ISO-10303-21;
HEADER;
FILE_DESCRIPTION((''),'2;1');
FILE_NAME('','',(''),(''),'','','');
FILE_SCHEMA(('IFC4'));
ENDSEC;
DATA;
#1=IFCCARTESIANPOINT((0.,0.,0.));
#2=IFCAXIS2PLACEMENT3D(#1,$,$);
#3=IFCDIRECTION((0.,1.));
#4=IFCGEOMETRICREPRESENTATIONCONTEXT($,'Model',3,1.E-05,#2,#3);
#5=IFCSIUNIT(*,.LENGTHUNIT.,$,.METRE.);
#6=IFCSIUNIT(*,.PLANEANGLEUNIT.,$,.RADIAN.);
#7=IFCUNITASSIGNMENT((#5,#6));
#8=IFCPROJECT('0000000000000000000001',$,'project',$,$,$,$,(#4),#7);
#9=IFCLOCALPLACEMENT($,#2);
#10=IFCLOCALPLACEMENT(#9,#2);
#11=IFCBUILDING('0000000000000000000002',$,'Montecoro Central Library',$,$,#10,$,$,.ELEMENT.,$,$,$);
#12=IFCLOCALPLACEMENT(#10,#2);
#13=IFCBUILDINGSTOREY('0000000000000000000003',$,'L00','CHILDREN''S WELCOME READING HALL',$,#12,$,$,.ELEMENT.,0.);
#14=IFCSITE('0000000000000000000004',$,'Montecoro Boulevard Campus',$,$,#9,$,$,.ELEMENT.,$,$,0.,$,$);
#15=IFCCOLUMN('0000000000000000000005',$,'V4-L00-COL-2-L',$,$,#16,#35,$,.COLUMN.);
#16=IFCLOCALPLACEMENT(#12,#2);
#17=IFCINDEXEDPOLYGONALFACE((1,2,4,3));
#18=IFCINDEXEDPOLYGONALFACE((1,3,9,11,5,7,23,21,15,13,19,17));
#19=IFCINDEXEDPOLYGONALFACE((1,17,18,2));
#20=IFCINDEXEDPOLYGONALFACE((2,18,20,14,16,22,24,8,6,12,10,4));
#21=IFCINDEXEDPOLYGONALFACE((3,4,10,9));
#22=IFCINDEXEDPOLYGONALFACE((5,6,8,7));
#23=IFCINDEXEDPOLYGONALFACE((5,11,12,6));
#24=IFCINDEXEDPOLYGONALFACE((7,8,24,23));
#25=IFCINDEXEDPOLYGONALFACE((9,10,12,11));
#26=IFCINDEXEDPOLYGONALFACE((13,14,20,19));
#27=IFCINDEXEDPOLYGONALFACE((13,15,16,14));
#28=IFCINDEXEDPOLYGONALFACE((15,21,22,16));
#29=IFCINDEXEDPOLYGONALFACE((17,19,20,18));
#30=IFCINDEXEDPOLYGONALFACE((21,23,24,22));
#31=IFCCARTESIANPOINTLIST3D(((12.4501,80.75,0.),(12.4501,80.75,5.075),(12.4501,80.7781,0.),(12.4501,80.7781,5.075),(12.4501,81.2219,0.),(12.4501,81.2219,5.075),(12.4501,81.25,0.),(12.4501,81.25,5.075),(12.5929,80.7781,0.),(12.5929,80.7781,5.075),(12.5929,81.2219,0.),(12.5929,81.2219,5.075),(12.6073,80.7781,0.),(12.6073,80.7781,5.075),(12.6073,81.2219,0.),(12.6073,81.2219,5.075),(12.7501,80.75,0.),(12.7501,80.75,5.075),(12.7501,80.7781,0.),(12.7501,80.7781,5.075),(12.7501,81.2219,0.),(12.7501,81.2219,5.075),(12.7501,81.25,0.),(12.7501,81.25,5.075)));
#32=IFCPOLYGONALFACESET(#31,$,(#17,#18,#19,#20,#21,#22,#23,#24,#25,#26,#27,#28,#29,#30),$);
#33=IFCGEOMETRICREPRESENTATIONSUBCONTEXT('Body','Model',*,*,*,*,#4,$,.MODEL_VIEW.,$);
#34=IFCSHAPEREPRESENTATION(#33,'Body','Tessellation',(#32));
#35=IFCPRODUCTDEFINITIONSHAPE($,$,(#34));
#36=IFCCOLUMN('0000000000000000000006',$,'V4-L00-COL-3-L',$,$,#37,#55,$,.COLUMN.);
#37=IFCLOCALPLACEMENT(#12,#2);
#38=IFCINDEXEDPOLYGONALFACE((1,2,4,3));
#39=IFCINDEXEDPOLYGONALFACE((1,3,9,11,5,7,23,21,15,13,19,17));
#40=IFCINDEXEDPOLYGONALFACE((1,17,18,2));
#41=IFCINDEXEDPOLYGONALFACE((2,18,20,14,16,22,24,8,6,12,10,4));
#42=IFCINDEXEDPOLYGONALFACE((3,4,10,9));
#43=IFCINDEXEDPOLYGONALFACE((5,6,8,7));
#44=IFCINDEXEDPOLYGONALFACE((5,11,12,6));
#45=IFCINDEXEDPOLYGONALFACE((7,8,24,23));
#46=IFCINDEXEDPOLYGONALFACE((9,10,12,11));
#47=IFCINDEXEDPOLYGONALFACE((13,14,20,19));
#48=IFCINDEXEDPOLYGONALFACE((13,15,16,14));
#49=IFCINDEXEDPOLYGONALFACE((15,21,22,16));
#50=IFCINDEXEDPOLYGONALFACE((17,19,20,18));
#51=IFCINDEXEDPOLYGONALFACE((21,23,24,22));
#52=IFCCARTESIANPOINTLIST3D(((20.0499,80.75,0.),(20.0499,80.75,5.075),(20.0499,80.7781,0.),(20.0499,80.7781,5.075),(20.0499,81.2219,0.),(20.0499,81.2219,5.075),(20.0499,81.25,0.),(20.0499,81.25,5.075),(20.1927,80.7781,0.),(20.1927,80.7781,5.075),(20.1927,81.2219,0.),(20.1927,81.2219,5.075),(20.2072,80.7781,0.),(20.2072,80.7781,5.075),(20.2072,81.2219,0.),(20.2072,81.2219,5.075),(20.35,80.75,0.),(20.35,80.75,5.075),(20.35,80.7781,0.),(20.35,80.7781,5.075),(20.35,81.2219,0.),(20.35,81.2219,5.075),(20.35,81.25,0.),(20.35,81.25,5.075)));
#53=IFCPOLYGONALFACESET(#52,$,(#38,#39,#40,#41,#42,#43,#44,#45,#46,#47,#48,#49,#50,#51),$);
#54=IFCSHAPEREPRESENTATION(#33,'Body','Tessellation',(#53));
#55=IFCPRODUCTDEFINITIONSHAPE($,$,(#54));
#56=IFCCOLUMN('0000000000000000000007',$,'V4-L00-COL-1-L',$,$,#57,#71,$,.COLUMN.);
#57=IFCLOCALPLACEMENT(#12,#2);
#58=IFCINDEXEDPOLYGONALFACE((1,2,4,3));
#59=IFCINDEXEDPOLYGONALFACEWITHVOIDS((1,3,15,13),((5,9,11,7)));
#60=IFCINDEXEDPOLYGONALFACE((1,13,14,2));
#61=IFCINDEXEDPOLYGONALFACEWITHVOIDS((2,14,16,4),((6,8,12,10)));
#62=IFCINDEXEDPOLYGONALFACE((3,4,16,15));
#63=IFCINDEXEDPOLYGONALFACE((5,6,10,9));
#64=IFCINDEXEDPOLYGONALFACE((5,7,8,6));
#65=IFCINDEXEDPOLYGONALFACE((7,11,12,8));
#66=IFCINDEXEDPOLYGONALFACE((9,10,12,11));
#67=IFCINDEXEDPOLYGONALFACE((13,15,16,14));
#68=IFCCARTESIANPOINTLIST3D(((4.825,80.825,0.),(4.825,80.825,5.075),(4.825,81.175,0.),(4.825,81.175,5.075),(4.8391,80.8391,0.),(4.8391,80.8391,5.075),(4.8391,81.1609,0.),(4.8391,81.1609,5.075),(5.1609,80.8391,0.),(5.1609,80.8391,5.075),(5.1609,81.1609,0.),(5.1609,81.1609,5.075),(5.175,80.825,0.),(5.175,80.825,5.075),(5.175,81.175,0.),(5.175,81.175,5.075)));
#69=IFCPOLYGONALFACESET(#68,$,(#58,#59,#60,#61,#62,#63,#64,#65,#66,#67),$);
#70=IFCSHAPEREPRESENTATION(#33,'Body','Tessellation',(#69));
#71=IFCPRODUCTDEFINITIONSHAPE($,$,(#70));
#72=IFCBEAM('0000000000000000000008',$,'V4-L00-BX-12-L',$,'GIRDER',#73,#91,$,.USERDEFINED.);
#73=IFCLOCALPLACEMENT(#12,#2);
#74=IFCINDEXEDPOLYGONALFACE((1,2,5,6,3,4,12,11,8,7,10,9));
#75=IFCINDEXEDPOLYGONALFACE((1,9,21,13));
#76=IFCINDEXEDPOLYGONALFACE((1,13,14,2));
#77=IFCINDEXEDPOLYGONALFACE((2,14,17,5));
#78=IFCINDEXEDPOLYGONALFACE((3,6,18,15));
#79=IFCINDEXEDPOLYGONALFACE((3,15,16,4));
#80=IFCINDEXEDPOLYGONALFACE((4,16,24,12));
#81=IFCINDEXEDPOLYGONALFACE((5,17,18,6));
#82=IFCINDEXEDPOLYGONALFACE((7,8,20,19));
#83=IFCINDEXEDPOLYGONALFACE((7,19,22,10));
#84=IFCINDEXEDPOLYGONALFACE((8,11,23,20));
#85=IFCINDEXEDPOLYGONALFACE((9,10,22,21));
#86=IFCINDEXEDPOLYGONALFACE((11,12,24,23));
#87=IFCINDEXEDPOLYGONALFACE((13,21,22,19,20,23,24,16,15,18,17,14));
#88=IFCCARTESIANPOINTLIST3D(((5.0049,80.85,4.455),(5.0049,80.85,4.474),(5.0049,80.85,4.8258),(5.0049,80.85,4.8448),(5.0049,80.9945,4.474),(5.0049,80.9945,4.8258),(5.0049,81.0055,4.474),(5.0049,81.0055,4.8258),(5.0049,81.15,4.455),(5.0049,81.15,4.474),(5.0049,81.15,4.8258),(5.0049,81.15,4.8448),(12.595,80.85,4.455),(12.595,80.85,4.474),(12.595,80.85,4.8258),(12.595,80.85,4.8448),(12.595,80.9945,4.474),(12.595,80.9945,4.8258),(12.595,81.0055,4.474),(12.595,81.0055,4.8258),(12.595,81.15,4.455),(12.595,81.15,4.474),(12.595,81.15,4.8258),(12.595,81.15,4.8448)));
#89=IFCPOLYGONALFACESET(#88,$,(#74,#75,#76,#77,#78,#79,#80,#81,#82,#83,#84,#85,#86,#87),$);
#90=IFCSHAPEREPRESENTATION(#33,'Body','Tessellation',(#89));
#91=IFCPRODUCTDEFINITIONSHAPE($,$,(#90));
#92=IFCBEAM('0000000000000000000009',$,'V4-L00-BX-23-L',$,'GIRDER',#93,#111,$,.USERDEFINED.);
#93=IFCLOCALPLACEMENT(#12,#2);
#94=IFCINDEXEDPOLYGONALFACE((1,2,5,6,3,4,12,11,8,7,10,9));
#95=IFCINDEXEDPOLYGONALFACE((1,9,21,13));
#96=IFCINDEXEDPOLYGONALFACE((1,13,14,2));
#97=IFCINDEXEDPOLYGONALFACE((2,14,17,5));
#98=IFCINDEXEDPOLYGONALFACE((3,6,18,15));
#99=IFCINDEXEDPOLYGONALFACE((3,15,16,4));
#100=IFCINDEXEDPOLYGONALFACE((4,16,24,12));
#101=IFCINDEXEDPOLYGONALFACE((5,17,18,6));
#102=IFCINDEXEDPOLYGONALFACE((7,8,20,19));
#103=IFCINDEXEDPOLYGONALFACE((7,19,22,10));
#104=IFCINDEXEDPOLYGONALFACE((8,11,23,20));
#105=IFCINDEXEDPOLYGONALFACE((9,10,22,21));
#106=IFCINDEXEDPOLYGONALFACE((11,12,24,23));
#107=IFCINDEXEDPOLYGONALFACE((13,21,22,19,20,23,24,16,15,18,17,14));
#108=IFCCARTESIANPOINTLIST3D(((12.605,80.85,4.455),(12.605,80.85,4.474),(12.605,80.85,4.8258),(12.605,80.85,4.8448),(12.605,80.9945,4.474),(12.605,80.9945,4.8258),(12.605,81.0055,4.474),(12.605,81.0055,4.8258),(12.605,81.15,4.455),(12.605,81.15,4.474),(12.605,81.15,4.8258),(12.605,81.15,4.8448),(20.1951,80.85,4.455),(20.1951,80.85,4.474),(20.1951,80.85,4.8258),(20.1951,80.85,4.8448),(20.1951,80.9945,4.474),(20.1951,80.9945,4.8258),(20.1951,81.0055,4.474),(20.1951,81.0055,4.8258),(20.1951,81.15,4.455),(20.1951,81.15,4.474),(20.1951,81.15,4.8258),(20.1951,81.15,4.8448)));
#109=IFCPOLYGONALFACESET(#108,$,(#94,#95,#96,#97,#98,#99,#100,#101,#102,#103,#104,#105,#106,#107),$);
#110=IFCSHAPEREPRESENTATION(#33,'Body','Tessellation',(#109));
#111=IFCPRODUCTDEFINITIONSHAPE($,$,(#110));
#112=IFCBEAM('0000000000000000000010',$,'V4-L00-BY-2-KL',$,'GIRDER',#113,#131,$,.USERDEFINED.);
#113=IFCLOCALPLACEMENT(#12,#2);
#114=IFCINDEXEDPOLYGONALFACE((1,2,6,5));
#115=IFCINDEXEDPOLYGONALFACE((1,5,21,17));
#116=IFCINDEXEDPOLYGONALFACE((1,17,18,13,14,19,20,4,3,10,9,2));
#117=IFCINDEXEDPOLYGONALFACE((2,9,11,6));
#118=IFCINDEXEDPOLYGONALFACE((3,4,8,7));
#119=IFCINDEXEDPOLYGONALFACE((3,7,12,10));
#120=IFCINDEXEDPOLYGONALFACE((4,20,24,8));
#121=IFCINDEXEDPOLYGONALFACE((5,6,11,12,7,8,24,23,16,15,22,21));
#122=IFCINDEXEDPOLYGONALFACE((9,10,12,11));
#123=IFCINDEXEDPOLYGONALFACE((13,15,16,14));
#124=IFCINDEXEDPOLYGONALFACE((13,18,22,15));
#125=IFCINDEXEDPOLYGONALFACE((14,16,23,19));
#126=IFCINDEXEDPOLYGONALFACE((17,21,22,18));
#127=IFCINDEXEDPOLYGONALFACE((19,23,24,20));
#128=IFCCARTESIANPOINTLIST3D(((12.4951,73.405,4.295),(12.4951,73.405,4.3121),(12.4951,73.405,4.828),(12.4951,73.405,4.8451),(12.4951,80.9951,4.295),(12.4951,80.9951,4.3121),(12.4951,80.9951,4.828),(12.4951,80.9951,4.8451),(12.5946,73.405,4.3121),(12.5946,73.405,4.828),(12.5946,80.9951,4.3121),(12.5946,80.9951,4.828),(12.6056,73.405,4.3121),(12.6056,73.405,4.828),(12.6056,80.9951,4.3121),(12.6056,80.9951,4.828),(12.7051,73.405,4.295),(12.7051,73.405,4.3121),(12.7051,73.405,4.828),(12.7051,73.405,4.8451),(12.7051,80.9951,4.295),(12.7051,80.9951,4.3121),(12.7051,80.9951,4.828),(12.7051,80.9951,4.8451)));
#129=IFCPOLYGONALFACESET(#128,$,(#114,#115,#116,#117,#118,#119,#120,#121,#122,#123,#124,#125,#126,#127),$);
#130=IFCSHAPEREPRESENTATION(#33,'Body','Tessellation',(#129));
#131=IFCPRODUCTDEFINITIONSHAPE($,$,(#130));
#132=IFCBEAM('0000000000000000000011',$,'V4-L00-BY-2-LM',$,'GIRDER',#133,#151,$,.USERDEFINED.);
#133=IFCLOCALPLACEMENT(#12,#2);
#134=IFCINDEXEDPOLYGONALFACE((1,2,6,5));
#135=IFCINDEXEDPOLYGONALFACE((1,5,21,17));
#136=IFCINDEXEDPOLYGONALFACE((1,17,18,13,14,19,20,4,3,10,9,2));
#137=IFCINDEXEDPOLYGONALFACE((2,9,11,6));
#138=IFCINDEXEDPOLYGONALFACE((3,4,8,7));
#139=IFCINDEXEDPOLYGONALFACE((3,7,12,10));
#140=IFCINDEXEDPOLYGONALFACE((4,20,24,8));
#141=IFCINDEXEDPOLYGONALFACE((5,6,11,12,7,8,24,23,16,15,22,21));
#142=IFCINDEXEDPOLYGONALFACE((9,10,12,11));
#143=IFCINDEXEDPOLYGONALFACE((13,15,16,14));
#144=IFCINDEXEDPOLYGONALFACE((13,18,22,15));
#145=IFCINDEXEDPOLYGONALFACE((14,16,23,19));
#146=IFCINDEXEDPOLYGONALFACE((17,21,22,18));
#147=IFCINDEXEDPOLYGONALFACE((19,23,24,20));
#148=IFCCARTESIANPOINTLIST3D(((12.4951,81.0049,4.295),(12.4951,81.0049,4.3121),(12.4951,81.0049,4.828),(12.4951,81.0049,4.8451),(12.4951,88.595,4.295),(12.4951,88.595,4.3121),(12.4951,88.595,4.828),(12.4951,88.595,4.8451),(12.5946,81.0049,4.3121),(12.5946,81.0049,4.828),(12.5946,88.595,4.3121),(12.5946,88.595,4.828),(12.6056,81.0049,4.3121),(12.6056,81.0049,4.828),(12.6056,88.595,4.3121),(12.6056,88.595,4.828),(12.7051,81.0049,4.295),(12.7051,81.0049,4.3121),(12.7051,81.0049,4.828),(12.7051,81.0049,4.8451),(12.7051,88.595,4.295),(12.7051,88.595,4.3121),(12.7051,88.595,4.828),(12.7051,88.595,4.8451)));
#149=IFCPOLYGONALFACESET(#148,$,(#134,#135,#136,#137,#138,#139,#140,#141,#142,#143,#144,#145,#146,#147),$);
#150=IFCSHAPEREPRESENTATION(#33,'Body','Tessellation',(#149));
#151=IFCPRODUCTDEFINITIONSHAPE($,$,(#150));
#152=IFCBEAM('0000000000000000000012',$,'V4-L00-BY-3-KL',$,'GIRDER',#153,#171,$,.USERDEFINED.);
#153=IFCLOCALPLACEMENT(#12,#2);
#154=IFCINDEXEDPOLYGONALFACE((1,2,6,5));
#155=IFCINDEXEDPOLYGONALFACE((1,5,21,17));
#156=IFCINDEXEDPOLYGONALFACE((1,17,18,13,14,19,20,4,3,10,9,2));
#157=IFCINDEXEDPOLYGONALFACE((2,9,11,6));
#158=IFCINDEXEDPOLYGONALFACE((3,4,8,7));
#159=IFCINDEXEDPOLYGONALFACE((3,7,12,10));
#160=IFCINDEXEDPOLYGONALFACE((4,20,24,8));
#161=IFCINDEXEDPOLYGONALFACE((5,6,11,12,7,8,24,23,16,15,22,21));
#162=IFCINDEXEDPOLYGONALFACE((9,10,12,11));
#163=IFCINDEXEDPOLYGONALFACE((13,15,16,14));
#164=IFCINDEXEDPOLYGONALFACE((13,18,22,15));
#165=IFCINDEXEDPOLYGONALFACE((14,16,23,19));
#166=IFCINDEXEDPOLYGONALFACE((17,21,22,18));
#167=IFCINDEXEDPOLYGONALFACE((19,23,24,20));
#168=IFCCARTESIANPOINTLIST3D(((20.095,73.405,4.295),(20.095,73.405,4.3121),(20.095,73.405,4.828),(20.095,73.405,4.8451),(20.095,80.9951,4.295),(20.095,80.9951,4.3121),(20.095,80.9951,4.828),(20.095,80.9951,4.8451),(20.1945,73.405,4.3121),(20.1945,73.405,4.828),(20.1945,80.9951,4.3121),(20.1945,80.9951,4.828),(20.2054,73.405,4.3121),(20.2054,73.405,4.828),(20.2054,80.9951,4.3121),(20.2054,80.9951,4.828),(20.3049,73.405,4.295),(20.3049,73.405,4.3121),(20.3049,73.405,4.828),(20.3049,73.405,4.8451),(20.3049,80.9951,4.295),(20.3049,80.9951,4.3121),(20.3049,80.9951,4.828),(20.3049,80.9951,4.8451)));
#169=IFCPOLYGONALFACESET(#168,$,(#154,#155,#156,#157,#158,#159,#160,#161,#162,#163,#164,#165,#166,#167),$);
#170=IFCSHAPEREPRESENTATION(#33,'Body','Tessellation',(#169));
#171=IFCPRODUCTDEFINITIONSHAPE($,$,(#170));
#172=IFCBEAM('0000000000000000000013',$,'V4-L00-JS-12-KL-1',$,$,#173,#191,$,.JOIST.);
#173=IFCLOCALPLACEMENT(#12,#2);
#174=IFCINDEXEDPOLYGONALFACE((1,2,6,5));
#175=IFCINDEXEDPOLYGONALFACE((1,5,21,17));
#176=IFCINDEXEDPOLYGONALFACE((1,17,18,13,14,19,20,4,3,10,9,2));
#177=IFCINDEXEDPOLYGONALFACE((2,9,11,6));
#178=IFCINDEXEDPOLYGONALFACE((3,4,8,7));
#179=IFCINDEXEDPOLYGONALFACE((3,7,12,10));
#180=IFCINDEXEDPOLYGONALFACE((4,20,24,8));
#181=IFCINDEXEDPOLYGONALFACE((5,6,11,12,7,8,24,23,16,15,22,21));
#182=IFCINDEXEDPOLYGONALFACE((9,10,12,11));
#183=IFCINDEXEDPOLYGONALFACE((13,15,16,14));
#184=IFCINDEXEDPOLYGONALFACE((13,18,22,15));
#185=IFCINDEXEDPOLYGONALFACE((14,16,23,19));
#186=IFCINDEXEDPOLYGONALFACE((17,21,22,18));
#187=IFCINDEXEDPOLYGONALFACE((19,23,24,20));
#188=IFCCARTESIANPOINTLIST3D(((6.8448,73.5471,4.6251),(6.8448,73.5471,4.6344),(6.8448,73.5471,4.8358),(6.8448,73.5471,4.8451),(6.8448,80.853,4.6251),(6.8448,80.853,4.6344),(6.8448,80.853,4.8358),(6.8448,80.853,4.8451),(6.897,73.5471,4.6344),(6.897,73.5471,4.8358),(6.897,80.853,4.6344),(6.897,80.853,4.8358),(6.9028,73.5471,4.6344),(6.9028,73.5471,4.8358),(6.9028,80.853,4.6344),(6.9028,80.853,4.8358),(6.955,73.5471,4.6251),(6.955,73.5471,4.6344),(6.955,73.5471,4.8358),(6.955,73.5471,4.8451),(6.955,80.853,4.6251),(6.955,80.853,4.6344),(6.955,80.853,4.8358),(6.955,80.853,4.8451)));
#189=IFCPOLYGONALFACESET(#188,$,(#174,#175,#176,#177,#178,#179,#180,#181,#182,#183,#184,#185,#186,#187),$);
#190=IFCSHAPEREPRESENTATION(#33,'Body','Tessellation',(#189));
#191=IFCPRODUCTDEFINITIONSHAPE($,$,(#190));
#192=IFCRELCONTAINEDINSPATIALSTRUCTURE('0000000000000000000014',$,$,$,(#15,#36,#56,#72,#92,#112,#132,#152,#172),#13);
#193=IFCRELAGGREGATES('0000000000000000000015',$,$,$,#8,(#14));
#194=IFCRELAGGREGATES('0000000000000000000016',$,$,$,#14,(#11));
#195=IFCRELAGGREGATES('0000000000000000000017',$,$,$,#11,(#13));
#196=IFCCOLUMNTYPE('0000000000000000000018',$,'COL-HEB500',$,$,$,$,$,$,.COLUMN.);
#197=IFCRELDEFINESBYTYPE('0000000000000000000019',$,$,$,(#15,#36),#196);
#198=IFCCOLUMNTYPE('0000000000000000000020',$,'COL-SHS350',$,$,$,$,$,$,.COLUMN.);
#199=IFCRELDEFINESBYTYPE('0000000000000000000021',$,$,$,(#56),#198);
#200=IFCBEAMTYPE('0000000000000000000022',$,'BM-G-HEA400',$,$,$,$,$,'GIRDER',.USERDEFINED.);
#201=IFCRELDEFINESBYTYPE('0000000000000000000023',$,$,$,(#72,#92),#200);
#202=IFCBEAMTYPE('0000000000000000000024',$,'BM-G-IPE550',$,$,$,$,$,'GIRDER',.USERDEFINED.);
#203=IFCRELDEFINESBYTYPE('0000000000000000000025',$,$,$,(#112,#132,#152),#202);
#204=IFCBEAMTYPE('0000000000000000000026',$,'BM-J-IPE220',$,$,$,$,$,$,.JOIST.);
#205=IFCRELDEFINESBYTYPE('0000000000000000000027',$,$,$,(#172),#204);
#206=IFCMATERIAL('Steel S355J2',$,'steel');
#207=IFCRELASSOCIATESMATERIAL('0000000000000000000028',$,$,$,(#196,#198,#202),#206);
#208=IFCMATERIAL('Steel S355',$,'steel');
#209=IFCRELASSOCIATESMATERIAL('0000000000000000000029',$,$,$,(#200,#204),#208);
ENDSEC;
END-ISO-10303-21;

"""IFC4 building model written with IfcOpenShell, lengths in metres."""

from ifc_helpers import new_model, si_unit, direction, frame, origin, origin_2d, place, context, subcontext, project, spatial, hollow_rectangle, i_section, extrude, material, material_profile, profile_set, type_object, element, save


model = new_model("IFC4")

# Units and contexts
model_context = context("Model", 3, precision=1e-05, world=origin(), true_north=direction((0.0, 1.0)))
body_context = subcontext(model_context, "Body", "Model", "MODEL_VIEW")
ifc_project = project(units=[si_unit("LENGTHUNIT", "METRE"), si_unit("PLANEANGLEUNIT", "RADIAN")], contexts=[model_context])

# Site, building, storey
site_placement = place(None, origin())
site = spatial("IfcSite", under=ifc_project, at=site_placement, Name="Montecoro Boulevard Campus", CompositionType="ELEMENT", RefElevation=0.0)
building_placement = place(site_placement, origin())
building = spatial("IfcBuilding", under=site, at=building_placement, Name="Montecoro Central Library", CompositionType="ELEMENT")
storey_placement = place(building_placement, origin())
storey = spatial("IfcBuildingStorey", under=building, at=storey_placement, Name="L00", Description="CHILDREN'S WELCOME READING HALL", CompositionType="ELEMENT", Elevation=0.0)

# Columns
ifc_material_1 = material(Name="Steel S355J2", Category="steel")
ifc_material_profile_1 = material_profile(ifc_material_1, i_section(OverallWidth=0.3, OverallDepth=0.5, WebThickness=0.0144, FlangeThickness=0.0281, at=origin_2d()), Name="HEB 500")
ifc_profile_set_1 = profile_set([ifc_material_profile_1], Name="Steel S355J2")
column_type_1 = type_object("IfcColumnType", Name="COL-HEB500", PredefinedType="COLUMN", material=ifc_profile_set_1)
for number, where, z_axis, x_axis, name in (
    (1, (12.6001, 81.0, 0.0), (0.0, 0.0, 1.0), (1.0, 0.0, 0.0), "V4-L00-COL-2-L"),
    (2, (20.2, 81.0, 0.0), (0.0, 0.0, 1.0), (1.0, 0.0, 0.0), "V4-L00-COL-3-L"),
):
    element("IfcColumn", number, at=place(storey_placement, frame(where, z_axis=z_axis, x_axis=x_axis)), inside=storey, type_object=column_type_1, Name=name, PredefinedType="COLUMN", context=body_context, shape_type="SweptSolid", body=[
        extrude(i_section(OverallWidth=0.3, OverallDepth=0.5, WebThickness=0.0144, FlangeThickness=0.0281, at=origin_2d()), origin(), (0.0, 0.0, 1.0), 5.075),
    ])
ifc_material_profile_2 = material_profile(ifc_material_1, hollow_rectangle(XDim=0.3501, YDim=0.3501, WallThickness=0.0142, at=origin_2d()), Name="SHS 350x350x14.2")
ifc_profile_set_2 = profile_set([ifc_material_profile_2], Name="Steel S355J2")
column_type_2 = type_object("IfcColumnType", Name="COL-SHS350", PredefinedType="COLUMN", material=ifc_profile_set_2)
column_placement = place(storey_placement, frame((5.0, 81.0, 0.0), z_axis=(0.0, 0.0, 1.0), x_axis=(1.0, 0.0, 0.0)))
element("IfcColumn", 3, at=column_placement, inside=storey, type_object=column_type_2, Name="V4-L00-COL-1-L", PredefinedType="COLUMN", context=body_context, shape_type="SweptSolid", body=[
    extrude(hollow_rectangle(XDim=0.3501, YDim=0.3501, WallThickness=0.0142, at=origin_2d()), origin(), (0.0, 0.0, 1.0), 5.075),
])

# Beams
ifc_material_2 = material(Name="Steel S355", Category="steel")
ifc_material_profile_3 = material_profile(ifc_material_2, i_section(OverallWidth=0.3, OverallDepth=0.3899, WebThickness=0.011, FlangeThickness=0.019, at=origin_2d()), Name="HEA 400")
ifc_profile_set_3 = profile_set([ifc_material_profile_3], Name="Steel S355")
beam_type_1 = type_object("IfcBeamType", Name="BM-G-HEA400", ElementType="GIRDER", PredefinedType="USERDEFINED", material=ifc_profile_set_3)
for number, where, z_axis, x_axis, name in (
    (4, (5.0049, 81.0, 4.6499), (1.0, 0.0, 0.0), (0.0, 1.0, 0.0), "V4-L00-BX-12-L"),
    (5, (12.605, 81.0, 4.6499), (1.0, 0.0, 0.0), (0.0, 1.0, 0.0), "V4-L00-BX-23-L"),
):
    element("IfcBeam", number, at=place(storey_placement, frame(where, z_axis=z_axis, x_axis=x_axis)), inside=storey, type_object=beam_type_1, Name=name, ObjectType="GIRDER", PredefinedType="USERDEFINED", context=body_context, shape_type="SweptSolid", body=[
        extrude(i_section(OverallWidth=0.3, OverallDepth=0.3899, WebThickness=0.011, FlangeThickness=0.019, at=origin_2d()), origin(), (0.0, 0.0, 1.0), 7.5901),
    ])
ifc_material_profile_4 = material_profile(ifc_material_1, i_section(OverallWidth=0.21, OverallDepth=0.55, WebThickness=0.011, FlangeThickness=0.0171, at=origin_2d()), Name="IPE 550")
ifc_profile_set_4 = profile_set([ifc_material_profile_4], Name="Steel S355J2")
beam_type_2 = type_object("IfcBeamType", Name="BM-G-IPE550", ElementType="GIRDER", PredefinedType="USERDEFINED", material=ifc_profile_set_4)
for number, where, z_axis, x_axis, name in (
    (6, (12.6001, 73.405, 4.5701), (0.0, 1.0, 0.0), (-1.0, 0.0, 0.0), "V4-L00-BY-2-KL"),
    (7, (12.6001, 81.0049, 4.5701), (0.0, 1.0, 0.0), (-1.0, 0.0, 0.0), "V4-L00-BY-2-LM"),
    (8, (20.2, 73.405, 4.5701), (0.0, 1.0, 0.0), (-1.0, 0.0, 0.0), "V4-L00-BY-3-KL"),
):
    element("IfcBeam", number, at=place(storey_placement, frame(where, z_axis=z_axis, x_axis=x_axis)), inside=storey, type_object=beam_type_2, Name=name, ObjectType="GIRDER", PredefinedType="USERDEFINED", context=body_context, shape_type="SweptSolid", body=[
        extrude(i_section(OverallWidth=0.21, OverallDepth=0.55, WebThickness=0.011, FlangeThickness=0.0171, at=origin_2d()), origin(), (0.0, 0.0, 1.0), 7.5901),
    ])
ifc_material_profile_5 = material_profile(ifc_material_2, i_section(OverallWidth=0.1101, OverallDepth=0.22, WebThickness=0.0059, FlangeThickness=0.0093, at=origin_2d()), Name="IPE 220")
ifc_profile_set_5 = profile_set([ifc_material_profile_5], Name="Steel S355")
beam_type_3 = type_object("IfcBeamType", Name="BM-J-IPE220", PredefinedType="JOIST", material=ifc_profile_set_5)
for number, where, z_axis, x_axis, name in (
    (9, (6.8999, 73.5471, 4.7351), (0.0, 1.0, 0.0), (-1.0, 0.0, 0.0), "V4-L00-JS-12-KL-1"),
):
    element("IfcBeam", number, at=place(storey_placement, frame(where, z_axis=z_axis, x_axis=x_axis)), inside=storey, type_object=beam_type_3, Name=name, PredefinedType="JOIST", context=body_context, shape_type="SweptSolid", body=[
        extrude(i_section(OverallWidth=0.1101, OverallDepth=0.22, WebThickness=0.0059, FlangeThickness=0.0093, at=origin_2d()), origin(), (0.0, 0.0, 1.0), 7.3059),
    ])

save(model, "model.ifc")
